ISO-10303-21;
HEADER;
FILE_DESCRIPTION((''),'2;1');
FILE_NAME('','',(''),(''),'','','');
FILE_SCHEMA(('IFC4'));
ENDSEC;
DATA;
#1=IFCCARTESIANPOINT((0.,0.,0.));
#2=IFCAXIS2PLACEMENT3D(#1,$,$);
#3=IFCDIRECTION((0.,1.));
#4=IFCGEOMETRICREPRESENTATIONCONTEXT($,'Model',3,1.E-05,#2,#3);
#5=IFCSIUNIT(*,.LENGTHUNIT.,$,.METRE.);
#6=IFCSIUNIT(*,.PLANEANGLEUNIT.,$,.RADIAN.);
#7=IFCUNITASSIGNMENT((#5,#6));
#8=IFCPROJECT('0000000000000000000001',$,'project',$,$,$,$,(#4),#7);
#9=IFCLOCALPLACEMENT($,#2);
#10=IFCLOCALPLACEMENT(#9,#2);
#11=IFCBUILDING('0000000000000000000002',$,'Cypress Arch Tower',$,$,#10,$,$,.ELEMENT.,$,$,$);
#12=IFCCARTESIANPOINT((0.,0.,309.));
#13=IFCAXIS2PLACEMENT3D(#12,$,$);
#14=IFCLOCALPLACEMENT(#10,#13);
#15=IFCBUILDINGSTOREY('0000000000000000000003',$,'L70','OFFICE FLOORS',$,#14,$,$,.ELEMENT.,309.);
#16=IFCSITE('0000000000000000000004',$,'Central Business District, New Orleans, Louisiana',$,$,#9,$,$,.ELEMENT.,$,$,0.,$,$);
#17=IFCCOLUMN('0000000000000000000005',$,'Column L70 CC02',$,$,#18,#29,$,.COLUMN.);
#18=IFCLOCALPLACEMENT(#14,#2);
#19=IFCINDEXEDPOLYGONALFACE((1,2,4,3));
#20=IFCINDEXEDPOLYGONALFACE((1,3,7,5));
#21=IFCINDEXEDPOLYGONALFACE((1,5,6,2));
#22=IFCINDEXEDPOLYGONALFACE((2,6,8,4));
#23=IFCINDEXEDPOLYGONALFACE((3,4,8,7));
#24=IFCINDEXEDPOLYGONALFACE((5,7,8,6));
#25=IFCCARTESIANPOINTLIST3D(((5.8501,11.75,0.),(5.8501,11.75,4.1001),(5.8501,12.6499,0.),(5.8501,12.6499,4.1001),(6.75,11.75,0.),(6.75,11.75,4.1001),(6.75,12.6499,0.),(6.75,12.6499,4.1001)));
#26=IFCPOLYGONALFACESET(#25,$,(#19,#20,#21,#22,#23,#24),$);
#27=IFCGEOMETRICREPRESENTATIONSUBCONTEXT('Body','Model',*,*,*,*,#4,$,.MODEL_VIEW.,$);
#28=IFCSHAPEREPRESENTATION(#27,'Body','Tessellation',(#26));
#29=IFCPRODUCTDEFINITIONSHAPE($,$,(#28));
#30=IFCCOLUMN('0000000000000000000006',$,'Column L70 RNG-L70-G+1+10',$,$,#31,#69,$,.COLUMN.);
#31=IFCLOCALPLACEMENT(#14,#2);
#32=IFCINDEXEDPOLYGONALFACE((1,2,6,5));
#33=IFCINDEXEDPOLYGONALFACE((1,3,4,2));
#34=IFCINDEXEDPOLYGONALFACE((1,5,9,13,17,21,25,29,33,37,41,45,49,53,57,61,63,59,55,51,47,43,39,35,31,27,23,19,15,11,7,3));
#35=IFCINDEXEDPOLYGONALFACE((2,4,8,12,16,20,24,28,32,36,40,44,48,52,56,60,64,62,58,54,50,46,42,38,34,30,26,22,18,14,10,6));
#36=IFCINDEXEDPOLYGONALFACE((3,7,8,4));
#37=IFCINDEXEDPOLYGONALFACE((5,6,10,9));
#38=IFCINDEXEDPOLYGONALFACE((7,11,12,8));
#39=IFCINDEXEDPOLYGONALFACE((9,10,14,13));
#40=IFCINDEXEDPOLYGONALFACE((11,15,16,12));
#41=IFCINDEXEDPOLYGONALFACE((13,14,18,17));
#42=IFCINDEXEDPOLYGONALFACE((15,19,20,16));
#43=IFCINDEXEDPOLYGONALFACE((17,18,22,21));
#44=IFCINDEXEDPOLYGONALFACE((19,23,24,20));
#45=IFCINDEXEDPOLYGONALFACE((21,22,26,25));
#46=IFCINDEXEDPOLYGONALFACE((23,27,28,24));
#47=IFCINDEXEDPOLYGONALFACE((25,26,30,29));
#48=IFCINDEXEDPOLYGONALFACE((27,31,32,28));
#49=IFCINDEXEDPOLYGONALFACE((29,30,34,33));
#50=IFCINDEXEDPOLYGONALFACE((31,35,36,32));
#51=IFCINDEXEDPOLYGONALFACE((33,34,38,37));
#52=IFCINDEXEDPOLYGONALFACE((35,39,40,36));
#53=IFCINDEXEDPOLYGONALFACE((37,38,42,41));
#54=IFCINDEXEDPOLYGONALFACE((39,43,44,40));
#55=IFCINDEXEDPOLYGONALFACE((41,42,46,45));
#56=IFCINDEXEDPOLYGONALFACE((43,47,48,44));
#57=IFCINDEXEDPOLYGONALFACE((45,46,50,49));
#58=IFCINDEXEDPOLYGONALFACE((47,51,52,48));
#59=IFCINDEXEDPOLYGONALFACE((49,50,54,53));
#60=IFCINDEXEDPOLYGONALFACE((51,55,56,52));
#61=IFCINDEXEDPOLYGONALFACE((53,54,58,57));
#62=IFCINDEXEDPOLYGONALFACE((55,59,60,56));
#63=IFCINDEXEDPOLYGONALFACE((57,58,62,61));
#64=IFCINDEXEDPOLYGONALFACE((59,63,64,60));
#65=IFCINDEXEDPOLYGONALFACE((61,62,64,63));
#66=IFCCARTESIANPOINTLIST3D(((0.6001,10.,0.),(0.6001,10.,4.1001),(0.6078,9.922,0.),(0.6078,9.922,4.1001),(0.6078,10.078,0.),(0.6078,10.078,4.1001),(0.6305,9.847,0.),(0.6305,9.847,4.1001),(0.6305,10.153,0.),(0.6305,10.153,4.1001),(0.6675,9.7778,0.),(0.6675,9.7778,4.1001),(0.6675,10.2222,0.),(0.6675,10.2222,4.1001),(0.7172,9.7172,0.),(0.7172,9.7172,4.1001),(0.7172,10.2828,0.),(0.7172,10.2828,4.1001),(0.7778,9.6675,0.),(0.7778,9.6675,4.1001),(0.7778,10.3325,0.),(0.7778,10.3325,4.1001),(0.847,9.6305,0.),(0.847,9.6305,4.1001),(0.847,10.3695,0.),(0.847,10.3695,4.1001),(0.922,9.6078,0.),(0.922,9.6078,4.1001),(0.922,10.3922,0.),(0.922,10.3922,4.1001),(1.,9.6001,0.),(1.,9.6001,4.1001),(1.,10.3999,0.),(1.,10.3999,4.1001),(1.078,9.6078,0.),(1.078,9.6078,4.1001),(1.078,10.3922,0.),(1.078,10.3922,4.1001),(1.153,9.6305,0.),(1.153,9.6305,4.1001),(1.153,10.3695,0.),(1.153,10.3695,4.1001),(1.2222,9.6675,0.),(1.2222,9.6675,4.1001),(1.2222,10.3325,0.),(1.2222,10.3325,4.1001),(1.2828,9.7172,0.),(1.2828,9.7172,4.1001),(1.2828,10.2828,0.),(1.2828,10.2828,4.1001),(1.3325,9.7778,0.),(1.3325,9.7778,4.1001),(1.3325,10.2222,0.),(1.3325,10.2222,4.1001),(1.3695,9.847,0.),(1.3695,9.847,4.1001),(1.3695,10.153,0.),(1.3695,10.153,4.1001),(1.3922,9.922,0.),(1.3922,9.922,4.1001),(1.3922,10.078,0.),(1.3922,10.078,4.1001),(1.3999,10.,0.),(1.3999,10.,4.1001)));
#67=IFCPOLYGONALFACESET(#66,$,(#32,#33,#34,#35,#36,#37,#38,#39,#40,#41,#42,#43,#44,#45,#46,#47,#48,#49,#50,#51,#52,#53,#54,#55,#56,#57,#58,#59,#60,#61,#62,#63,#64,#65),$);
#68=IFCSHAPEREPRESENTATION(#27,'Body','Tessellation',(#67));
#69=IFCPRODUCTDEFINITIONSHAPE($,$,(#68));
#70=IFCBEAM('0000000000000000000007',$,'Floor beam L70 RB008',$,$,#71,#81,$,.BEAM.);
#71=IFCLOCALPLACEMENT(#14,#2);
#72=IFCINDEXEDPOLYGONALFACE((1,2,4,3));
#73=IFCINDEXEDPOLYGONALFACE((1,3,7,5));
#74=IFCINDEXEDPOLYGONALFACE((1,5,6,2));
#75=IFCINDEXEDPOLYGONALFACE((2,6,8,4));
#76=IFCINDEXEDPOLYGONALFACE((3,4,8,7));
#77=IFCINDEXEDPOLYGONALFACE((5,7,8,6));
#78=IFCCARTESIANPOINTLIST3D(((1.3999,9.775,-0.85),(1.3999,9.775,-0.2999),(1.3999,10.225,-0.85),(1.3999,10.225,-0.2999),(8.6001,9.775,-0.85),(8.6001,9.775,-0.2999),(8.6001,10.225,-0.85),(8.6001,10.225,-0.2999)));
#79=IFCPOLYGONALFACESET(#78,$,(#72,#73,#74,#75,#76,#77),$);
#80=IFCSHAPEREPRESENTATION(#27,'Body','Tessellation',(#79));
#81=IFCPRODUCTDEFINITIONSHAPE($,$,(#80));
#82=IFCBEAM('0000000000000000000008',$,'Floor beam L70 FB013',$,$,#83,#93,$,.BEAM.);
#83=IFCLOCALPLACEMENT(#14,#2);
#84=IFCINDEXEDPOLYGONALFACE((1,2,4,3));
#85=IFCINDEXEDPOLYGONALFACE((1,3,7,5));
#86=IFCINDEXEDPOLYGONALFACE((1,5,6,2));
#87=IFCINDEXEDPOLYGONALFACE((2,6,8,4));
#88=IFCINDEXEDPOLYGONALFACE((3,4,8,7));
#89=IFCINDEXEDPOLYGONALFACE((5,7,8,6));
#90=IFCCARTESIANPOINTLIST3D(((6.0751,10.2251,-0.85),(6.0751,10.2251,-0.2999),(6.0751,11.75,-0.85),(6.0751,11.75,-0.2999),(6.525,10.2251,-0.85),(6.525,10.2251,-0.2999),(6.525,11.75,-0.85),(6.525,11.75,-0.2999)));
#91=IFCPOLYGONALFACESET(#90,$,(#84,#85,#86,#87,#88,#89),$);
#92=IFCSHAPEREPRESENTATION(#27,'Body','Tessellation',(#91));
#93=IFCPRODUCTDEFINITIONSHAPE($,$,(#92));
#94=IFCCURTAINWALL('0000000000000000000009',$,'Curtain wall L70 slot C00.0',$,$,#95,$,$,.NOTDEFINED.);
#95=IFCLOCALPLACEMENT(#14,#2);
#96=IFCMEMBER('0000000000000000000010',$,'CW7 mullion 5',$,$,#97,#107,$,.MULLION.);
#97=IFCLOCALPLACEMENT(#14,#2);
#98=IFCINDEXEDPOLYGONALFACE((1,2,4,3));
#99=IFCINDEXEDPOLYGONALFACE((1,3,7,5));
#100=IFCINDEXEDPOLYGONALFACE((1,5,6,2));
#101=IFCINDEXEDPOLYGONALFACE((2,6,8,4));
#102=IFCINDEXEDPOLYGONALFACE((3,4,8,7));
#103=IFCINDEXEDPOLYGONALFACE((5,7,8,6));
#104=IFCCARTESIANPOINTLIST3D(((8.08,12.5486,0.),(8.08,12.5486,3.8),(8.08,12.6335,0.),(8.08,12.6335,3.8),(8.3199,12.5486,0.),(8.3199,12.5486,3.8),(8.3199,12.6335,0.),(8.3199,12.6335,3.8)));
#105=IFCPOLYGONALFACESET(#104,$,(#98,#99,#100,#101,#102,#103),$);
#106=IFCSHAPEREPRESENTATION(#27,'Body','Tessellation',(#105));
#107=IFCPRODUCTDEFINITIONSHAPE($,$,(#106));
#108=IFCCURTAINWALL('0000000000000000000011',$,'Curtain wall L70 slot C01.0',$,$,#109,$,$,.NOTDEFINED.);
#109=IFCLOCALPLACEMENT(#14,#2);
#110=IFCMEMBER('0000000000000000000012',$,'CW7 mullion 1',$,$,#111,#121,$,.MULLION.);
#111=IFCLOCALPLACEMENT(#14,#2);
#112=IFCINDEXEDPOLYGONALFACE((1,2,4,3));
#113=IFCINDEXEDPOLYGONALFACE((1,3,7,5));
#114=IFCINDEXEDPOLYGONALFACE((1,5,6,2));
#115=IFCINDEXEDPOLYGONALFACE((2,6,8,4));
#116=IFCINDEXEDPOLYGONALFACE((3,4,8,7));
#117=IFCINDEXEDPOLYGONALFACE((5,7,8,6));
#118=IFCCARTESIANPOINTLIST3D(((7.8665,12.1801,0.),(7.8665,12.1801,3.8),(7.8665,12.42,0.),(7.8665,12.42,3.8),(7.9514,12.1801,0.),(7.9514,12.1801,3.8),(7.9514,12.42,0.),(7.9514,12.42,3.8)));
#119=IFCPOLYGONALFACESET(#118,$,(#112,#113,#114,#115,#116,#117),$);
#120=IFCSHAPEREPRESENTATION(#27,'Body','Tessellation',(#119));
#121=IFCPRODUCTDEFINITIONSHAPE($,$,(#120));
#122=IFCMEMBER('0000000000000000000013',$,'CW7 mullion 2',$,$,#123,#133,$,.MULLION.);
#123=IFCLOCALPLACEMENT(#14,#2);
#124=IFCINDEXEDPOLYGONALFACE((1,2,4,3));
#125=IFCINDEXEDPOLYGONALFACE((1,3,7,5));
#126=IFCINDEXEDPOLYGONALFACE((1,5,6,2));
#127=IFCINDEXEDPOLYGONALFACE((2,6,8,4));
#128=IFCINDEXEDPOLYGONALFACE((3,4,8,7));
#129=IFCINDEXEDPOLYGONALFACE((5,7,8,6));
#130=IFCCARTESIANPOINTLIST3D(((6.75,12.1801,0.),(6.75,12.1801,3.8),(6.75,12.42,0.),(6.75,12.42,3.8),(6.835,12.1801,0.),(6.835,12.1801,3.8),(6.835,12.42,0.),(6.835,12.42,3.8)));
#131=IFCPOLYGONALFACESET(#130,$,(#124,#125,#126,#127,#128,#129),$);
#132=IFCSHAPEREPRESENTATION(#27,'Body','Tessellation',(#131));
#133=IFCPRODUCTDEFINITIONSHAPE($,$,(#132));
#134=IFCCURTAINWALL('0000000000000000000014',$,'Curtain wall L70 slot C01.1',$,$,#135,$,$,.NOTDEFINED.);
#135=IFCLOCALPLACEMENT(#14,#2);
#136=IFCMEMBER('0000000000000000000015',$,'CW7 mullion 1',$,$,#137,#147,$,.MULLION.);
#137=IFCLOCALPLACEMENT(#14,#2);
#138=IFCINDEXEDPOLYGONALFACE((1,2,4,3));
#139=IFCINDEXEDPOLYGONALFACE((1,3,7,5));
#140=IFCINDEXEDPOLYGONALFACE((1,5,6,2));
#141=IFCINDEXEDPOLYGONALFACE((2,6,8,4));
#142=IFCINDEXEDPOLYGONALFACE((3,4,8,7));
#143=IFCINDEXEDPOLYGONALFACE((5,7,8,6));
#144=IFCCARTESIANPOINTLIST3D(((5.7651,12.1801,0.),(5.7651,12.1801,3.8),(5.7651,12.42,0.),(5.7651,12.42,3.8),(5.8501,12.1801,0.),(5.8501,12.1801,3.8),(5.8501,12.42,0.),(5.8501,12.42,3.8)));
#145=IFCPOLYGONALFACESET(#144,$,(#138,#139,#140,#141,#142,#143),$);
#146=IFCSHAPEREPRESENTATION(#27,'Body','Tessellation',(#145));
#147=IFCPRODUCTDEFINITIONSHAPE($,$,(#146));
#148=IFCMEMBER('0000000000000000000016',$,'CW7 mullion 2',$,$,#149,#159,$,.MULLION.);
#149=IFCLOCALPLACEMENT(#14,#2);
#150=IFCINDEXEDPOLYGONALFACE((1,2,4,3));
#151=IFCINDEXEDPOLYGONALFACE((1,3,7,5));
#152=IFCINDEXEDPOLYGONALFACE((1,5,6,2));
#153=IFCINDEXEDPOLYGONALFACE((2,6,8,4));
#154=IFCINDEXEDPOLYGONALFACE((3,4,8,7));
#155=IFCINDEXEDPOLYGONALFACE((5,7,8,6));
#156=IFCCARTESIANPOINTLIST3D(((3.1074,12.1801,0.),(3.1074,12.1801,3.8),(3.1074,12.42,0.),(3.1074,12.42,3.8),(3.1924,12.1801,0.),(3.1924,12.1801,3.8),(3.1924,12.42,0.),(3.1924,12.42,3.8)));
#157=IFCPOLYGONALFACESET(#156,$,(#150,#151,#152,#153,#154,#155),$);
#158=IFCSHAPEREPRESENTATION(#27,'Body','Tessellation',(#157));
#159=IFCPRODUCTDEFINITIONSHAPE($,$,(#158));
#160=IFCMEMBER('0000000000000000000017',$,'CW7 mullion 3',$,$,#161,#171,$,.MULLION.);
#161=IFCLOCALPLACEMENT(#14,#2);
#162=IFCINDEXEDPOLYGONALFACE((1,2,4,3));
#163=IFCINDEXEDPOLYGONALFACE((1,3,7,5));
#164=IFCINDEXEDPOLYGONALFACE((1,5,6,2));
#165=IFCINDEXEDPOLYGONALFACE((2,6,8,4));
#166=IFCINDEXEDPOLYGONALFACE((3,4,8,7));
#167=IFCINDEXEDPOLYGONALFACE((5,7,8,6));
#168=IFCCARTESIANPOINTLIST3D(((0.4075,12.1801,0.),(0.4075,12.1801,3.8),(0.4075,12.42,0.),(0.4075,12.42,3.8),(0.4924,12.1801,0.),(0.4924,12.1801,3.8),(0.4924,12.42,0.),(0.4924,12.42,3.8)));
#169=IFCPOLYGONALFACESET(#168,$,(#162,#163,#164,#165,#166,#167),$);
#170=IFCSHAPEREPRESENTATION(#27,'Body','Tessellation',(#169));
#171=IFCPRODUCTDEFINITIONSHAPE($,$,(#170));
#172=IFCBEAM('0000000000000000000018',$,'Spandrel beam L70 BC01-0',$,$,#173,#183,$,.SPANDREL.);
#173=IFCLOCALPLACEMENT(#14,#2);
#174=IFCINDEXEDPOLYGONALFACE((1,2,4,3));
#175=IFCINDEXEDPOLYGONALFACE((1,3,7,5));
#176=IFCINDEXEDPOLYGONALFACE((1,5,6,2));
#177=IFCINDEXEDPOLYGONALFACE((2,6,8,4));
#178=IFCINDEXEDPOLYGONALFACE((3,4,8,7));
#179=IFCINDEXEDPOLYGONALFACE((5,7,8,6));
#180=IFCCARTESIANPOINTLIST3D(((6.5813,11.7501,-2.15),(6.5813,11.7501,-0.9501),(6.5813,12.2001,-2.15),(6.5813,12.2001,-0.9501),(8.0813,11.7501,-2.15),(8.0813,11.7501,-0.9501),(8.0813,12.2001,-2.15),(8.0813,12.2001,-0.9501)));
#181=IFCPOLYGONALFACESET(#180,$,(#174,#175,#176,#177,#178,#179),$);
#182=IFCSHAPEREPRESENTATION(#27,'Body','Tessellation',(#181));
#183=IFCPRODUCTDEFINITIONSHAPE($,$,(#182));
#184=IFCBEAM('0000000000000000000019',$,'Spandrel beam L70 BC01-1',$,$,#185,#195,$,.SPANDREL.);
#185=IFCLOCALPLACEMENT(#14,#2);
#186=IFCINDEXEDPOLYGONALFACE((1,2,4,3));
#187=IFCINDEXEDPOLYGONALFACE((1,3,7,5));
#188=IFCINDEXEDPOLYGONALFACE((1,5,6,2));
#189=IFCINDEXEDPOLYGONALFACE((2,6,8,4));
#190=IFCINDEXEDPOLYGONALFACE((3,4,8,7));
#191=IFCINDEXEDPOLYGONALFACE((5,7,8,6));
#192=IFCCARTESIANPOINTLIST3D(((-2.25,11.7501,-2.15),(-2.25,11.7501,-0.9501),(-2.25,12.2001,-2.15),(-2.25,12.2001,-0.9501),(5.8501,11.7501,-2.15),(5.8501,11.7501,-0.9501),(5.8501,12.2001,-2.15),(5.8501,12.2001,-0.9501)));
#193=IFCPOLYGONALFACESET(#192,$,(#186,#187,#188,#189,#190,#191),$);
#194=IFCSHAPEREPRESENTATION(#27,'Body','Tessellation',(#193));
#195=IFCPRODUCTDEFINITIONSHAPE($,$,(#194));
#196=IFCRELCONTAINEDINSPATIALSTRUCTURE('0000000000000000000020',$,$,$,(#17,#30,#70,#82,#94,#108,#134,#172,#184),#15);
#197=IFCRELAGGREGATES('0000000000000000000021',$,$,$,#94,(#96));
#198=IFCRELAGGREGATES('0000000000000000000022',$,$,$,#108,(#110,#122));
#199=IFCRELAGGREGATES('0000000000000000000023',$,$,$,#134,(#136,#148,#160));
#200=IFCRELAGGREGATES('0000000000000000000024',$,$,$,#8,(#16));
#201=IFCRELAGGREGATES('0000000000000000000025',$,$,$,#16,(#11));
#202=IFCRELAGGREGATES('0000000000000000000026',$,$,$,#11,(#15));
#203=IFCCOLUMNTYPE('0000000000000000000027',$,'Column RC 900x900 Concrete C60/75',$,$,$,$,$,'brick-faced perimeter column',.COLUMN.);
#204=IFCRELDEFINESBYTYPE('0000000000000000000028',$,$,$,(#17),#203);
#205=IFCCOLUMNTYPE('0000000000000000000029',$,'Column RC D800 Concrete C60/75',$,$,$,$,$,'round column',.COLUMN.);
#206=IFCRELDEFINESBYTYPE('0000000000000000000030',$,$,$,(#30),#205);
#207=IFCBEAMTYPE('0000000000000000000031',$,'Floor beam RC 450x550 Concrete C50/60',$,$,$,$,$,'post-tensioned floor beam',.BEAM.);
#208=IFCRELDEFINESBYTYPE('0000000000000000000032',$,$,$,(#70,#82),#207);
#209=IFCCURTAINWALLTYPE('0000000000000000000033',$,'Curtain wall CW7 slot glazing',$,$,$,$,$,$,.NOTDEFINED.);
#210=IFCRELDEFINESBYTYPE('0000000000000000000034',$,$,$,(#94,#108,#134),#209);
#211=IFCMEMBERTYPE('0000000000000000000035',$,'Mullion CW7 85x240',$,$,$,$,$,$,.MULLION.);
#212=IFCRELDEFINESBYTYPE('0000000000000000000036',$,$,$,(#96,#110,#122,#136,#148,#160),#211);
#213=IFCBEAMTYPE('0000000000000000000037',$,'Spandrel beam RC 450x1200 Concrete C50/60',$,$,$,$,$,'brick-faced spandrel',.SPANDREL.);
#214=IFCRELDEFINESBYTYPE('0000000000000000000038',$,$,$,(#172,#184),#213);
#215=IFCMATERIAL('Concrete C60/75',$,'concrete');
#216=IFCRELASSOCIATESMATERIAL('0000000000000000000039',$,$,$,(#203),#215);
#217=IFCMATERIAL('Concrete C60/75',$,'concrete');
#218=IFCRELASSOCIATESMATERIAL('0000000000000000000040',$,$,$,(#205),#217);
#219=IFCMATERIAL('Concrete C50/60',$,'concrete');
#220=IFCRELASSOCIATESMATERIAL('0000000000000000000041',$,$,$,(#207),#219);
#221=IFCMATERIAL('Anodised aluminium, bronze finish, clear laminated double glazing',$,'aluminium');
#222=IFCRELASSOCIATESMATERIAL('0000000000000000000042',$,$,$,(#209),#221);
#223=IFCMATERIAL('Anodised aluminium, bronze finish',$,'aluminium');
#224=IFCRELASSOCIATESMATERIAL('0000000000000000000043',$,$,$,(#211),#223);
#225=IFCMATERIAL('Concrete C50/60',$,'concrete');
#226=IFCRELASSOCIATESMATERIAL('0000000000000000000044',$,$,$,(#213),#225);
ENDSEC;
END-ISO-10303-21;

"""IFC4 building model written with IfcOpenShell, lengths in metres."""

from ifc_helpers import new_model, si_unit, direction, frame, origin, origin_2d, place, context, subcontext, project, spatial, rectangle, circle, extrude, material, material_profile, profile_set, type_object, element, aggregate, save


model = new_model("IFC4")

# Units and contexts
model_context = context("Model", 3, precision=1e-05, world=origin(), true_north=direction((0.0, 1.0)))
body_context = subcontext(model_context, "Body", "Model", "MODEL_VIEW")
ifc_project = project(units=[si_unit("LENGTHUNIT", "METRE"), si_unit("PLANEANGLEUNIT", "RADIAN")], contexts=[model_context])

# Site, building, storey
site_placement = place(None, origin())
site = spatial("IfcSite", under=ifc_project, at=site_placement, Name="Central Business District, New Orleans, Louisiana", CompositionType="ELEMENT", RefElevation=0.0)
building_placement = place(site_placement, origin())
building = spatial("IfcBuilding", under=site, at=building_placement, Name="Cypress Arch Tower", CompositionType="ELEMENT")
storey_placement = place(building_placement, frame((0.0, 0.0, 309.0)))
storey = spatial("IfcBuildingStorey", under=building, at=storey_placement, Name="L70", Description="OFFICE FLOORS", CompositionType="ELEMENT", Elevation=309.0)

# Columns
ifc_material_1 = material(Name="Concrete C60/75", Category="concrete")
ifc_material_profile_1 = material_profile(ifc_material_1, rectangle(XDim=0.8999, YDim=0.8999, at=origin_2d()), Name="RC 900x900")
ifc_profile_set_1 = profile_set([ifc_material_profile_1], Name="Concrete C60/75")
column_type_1 = type_object("IfcColumnType", Name="Column RC 900x900 Concrete C60/75", ElementType="brick-faced perimeter column", PredefinedType="COLUMN", material=ifc_profile_set_1)
column_1_placement = place(storey_placement, frame((6.3, 12.2, 0.0), z_axis=(0.0, 0.0, 1.0), x_axis=(-1.0, 0.0, 0.0)))
element("IfcColumn", 1, at=column_1_placement, inside=storey, type_object=column_type_1, Name="Column L70 CC02", PredefinedType="COLUMN", context=body_context, shape_type="SweptSolid", body=[
    extrude(rectangle(XDim=0.8999, YDim=0.8999, at=origin_2d()), origin(), (0.0, 0.0, 1.0), 4.1001),
])
ifc_material_2 = material(Name="Concrete C60/75", Category="concrete")
ifc_material_profile_2 = material_profile(ifc_material_2, circle(Radius=0.3999, at=origin_2d()), Name="RC D800")
ifc_profile_set_2 = profile_set([ifc_material_profile_2], Name="Concrete C60/75")
column_type_2 = type_object("IfcColumnType", Name="Column RC D800 Concrete C60/75", ElementType="round column", PredefinedType="COLUMN", material=ifc_profile_set_2)
column_2_placement = place(storey_placement, frame((1.0, 10.0, 0.0), z_axis=(0.0, 0.0, 1.0), x_axis=(1.0, 0.0, 0.0)))
element("IfcColumn", 2, at=column_2_placement, inside=storey, type_object=column_type_2, Name="Column L70 RNG-L70-G+1+10", PredefinedType="COLUMN", context=body_context, shape_type="SweptSolid", body=[
    extrude(circle(Radius=0.3999, at=origin_2d()), origin(), (0.0, 0.0, 1.0), 4.1001),
])

# Beams
ifc_material_3 = material(Name="Concrete C50/60", Category="concrete")
ifc_material_profile_3 = material_profile(ifc_material_3, rectangle(XDim=0.45, YDim=0.55, at=origin_2d()), Name="RC 450x550")
ifc_profile_set_3 = profile_set([ifc_material_profile_3], Name="Concrete C50/60")
beam_type_1 = type_object("IfcBeamType", Name="Floor beam RC 450x550 Concrete C50/60", ElementType="post-tensioned floor beam", PredefinedType="BEAM", material=ifc_profile_set_3)
beam_1_placement = place(storey_placement, frame((1.3999, 10.0, -0.575), z_axis=(1.0, 0.0, 0.0), x_axis=(0.0, 1.0, 0.0)))
element("IfcBeam", 3, at=beam_1_placement, inside=storey, type_object=beam_type_1, Name="Floor beam L70 RB008", PredefinedType="BEAM", context=body_context, shape_type="SweptSolid", body=[
    extrude(rectangle(XDim=0.45, YDim=0.55, at=origin_2d()), origin(), (0.0, 0.0, 1.0), 7.2002),
])
beam_2_placement = place(storey_placement, frame((6.3, 10.2251, -0.575), z_axis=(0.0, 1.0, 0.0), x_axis=(-1.0, 0.0, 0.0)))
element("IfcBeam", 4, at=beam_2_placement, inside=storey, type_object=beam_type_1, Name="Floor beam L70 FB013", PredefinedType="BEAM", context=body_context, shape_type="SweptSolid", body=[
    extrude(rectangle(XDim=0.45, YDim=0.55, at=origin_2d()), origin(), (0.0, 0.0, 1.0), 1.5249),
])

# Curtain wall, member
ifc_material_4 = material(Name="Anodised aluminium, bronze finish, clear laminated double glazing", Category="aluminium")
curtain_wall_type = type_object("IfcCurtainWallType", Name="Curtain wall CW7 slot glazing", PredefinedType="NOTDEFINED", material=ifc_material_4)
curtain_wall_1_placement = place(storey_placement, origin())
curtain_wall_1 = element("IfcCurtainWall", 5, at=curtain_wall_1_placement, inside=storey, type_object=curtain_wall_type, Name="Curtain wall L70 slot C00.0", PredefinedType="NOTDEFINED")
ifc_material_5 = material(Name="Anodised aluminium, bronze finish", Category="aluminium")
ifc_material_profile_4 = material_profile(ifc_material_5, rectangle(XDim=0.24, YDim=0.085, at=origin_2d()), Name="Mullion 85x240")
ifc_profile_set_4 = profile_set([ifc_material_profile_4], Name="Anodised aluminium, bronze finish")
member_type_1 = type_object("IfcMemberType", Name="Mullion CW7 85x240", PredefinedType="MULLION", material=ifc_profile_set_4)
member_1_placement = place(storey_placement, frame((8.2, 12.5911, 0.0), z_axis=(0.0, 0.0, 1.0), x_axis=(1.0, 0.0, 0.0)))
member_1 = element("IfcMember", 6, at=member_1_placement, type_object=member_type_1, Name="CW7 mullion 5", PredefinedType="MULLION", context=body_context, shape_type="SweptSolid", body=[
    extrude(rectangle(XDim=0.24, YDim=0.085, at=origin_2d()), origin(), (0.0, 0.0, 1.0), 3.8),
])

# Curtain walls, members
curtain_wall_2_placement = place(storey_placement, origin())
curtain_wall_2 = element("IfcCurtainWall", 7, at=curtain_wall_2_placement, inside=storey, type_object=curtain_wall_type, Name="Curtain wall L70 slot C01.0", PredefinedType="NOTDEFINED")
member_2_placement = place(storey_placement, frame((7.9089, 12.3, 0.0), z_axis=(0.0, 0.0, 1.0), x_axis=(0.0, -1.0, 0.0)))
member_2 = element("IfcMember", 8, at=member_2_placement, type_object=member_type_1, Name="CW7 mullion 1", PredefinedType="MULLION", context=body_context, shape_type="SweptSolid", body=[
    extrude(rectangle(XDim=0.24, YDim=0.085, at=origin_2d()), origin(), (0.0, 0.0, 1.0), 3.8),
])
member_3_placement = place(storey_placement, frame((6.7925, 12.3, 0.0), z_axis=(0.0, 0.0, 1.0), x_axis=(0.0, -1.0, 0.0)))
member_3 = element("IfcMember", 9, at=member_3_placement, type_object=member_type_1, Name="CW7 mullion 2", PredefinedType="MULLION", context=body_context, shape_type="SweptSolid", body=[
    extrude(rectangle(XDim=0.24, YDim=0.085, at=origin_2d()), origin(), (0.0, 0.0, 1.0), 3.8),
])
curtain_wall_3_placement = place(storey_placement, origin())
curtain_wall_3 = element("IfcCurtainWall", 10, at=curtain_wall_3_placement, inside=storey, type_object=curtain_wall_type, Name="Curtain wall L70 slot C01.1", PredefinedType="NOTDEFINED")
member_4_placement = place(storey_placement, frame((5.8076, 12.3, 0.0), z_axis=(0.0, 0.0, 1.0), x_axis=(0.0, -1.0, 0.0)))
member_4 = element("IfcMember", 11, at=member_4_placement, type_object=member_type_1, Name="CW7 mullion 1", PredefinedType="MULLION", context=body_context, shape_type="SweptSolid", body=[
    extrude(rectangle(XDim=0.24, YDim=0.085, at=origin_2d()), origin(), (0.0, 0.0, 1.0), 3.8),
])
member_5_placement = place(storey_placement, frame((3.1499, 12.3, 0.0), z_axis=(0.0, 0.0, 1.0), x_axis=(0.0, -1.0, 0.0)))
member_5 = element("IfcMember", 12, at=member_5_placement, type_object=member_type_1, Name="CW7 mullion 2", PredefinedType="MULLION", context=body_context, shape_type="SweptSolid", body=[
    extrude(rectangle(XDim=0.24, YDim=0.085, at=origin_2d()), origin(), (0.0, 0.0, 1.0), 3.8),
])
member_6_placement = place(storey_placement, frame((0.45, 12.3, 0.0), z_axis=(0.0, 0.0, 1.0), x_axis=(0.0, -1.0, 0.0)))
member_6 = element("IfcMember", 13, at=member_6_placement, type_object=member_type_1, Name="CW7 mullion 3", PredefinedType="MULLION", context=body_context, shape_type="SweptSolid", body=[
    extrude(rectangle(XDim=0.24, YDim=0.085, at=origin_2d()), origin(), (0.0, 0.0, 1.0), 3.8),
])

# Beams
ifc_material_6 = material(Name="Concrete C50/60", Category="concrete")
ifc_material_profile_5 = material_profile(ifc_material_6, rectangle(XDim=0.45, YDim=1.2, at=origin_2d()), Name="RC 450x1200")
ifc_profile_set_5 = profile_set([ifc_material_profile_5], Name="Concrete C50/60")
beam_type_2 = type_object("IfcBeamType", Name="Spandrel beam RC 450x1200 Concrete C50/60", ElementType="brick-faced spandrel", PredefinedType="SPANDREL", material=ifc_profile_set_5)
beam_3_placement = place(storey_placement, frame((8.0813, 11.9751, -1.55), z_axis=(-1.0, 0.0, 0.0), x_axis=(0.0, -1.0, 0.0)))
element("IfcBeam", 14, at=beam_3_placement, inside=storey, type_object=beam_type_2, Name="Spandrel beam L70 BC01-0", PredefinedType="SPANDREL", context=body_context, shape_type="SweptSolid", body=[
    extrude(rectangle(XDim=0.45, YDim=1.2, at=origin_2d()), origin(), (0.0, 0.0, 1.0), 1.5),
])
beam_4_placement = place(storey_placement, frame((5.8501, 11.9751, -1.55), z_axis=(-1.0, 0.0, 0.0), x_axis=(0.0, -1.0, 0.0)))
element("IfcBeam", 15, at=beam_4_placement, inside=storey, type_object=beam_type_2, Name="Spandrel beam L70 BC01-1", PredefinedType="SPANDREL", context=body_context, shape_type="SweptSolid", body=[
    extrude(rectangle(XDim=0.45, YDim=1.2, at=origin_2d()), origin(), (0.0, 0.0, 1.0), 8.1001),
])

aggregate(curtain_wall_1, [member_1])
aggregate(curtain_wall_2, [member_2, member_3])
aggregate(curtain_wall_3, [member_4, member_5, member_6])

save(model, "model.ifc")
